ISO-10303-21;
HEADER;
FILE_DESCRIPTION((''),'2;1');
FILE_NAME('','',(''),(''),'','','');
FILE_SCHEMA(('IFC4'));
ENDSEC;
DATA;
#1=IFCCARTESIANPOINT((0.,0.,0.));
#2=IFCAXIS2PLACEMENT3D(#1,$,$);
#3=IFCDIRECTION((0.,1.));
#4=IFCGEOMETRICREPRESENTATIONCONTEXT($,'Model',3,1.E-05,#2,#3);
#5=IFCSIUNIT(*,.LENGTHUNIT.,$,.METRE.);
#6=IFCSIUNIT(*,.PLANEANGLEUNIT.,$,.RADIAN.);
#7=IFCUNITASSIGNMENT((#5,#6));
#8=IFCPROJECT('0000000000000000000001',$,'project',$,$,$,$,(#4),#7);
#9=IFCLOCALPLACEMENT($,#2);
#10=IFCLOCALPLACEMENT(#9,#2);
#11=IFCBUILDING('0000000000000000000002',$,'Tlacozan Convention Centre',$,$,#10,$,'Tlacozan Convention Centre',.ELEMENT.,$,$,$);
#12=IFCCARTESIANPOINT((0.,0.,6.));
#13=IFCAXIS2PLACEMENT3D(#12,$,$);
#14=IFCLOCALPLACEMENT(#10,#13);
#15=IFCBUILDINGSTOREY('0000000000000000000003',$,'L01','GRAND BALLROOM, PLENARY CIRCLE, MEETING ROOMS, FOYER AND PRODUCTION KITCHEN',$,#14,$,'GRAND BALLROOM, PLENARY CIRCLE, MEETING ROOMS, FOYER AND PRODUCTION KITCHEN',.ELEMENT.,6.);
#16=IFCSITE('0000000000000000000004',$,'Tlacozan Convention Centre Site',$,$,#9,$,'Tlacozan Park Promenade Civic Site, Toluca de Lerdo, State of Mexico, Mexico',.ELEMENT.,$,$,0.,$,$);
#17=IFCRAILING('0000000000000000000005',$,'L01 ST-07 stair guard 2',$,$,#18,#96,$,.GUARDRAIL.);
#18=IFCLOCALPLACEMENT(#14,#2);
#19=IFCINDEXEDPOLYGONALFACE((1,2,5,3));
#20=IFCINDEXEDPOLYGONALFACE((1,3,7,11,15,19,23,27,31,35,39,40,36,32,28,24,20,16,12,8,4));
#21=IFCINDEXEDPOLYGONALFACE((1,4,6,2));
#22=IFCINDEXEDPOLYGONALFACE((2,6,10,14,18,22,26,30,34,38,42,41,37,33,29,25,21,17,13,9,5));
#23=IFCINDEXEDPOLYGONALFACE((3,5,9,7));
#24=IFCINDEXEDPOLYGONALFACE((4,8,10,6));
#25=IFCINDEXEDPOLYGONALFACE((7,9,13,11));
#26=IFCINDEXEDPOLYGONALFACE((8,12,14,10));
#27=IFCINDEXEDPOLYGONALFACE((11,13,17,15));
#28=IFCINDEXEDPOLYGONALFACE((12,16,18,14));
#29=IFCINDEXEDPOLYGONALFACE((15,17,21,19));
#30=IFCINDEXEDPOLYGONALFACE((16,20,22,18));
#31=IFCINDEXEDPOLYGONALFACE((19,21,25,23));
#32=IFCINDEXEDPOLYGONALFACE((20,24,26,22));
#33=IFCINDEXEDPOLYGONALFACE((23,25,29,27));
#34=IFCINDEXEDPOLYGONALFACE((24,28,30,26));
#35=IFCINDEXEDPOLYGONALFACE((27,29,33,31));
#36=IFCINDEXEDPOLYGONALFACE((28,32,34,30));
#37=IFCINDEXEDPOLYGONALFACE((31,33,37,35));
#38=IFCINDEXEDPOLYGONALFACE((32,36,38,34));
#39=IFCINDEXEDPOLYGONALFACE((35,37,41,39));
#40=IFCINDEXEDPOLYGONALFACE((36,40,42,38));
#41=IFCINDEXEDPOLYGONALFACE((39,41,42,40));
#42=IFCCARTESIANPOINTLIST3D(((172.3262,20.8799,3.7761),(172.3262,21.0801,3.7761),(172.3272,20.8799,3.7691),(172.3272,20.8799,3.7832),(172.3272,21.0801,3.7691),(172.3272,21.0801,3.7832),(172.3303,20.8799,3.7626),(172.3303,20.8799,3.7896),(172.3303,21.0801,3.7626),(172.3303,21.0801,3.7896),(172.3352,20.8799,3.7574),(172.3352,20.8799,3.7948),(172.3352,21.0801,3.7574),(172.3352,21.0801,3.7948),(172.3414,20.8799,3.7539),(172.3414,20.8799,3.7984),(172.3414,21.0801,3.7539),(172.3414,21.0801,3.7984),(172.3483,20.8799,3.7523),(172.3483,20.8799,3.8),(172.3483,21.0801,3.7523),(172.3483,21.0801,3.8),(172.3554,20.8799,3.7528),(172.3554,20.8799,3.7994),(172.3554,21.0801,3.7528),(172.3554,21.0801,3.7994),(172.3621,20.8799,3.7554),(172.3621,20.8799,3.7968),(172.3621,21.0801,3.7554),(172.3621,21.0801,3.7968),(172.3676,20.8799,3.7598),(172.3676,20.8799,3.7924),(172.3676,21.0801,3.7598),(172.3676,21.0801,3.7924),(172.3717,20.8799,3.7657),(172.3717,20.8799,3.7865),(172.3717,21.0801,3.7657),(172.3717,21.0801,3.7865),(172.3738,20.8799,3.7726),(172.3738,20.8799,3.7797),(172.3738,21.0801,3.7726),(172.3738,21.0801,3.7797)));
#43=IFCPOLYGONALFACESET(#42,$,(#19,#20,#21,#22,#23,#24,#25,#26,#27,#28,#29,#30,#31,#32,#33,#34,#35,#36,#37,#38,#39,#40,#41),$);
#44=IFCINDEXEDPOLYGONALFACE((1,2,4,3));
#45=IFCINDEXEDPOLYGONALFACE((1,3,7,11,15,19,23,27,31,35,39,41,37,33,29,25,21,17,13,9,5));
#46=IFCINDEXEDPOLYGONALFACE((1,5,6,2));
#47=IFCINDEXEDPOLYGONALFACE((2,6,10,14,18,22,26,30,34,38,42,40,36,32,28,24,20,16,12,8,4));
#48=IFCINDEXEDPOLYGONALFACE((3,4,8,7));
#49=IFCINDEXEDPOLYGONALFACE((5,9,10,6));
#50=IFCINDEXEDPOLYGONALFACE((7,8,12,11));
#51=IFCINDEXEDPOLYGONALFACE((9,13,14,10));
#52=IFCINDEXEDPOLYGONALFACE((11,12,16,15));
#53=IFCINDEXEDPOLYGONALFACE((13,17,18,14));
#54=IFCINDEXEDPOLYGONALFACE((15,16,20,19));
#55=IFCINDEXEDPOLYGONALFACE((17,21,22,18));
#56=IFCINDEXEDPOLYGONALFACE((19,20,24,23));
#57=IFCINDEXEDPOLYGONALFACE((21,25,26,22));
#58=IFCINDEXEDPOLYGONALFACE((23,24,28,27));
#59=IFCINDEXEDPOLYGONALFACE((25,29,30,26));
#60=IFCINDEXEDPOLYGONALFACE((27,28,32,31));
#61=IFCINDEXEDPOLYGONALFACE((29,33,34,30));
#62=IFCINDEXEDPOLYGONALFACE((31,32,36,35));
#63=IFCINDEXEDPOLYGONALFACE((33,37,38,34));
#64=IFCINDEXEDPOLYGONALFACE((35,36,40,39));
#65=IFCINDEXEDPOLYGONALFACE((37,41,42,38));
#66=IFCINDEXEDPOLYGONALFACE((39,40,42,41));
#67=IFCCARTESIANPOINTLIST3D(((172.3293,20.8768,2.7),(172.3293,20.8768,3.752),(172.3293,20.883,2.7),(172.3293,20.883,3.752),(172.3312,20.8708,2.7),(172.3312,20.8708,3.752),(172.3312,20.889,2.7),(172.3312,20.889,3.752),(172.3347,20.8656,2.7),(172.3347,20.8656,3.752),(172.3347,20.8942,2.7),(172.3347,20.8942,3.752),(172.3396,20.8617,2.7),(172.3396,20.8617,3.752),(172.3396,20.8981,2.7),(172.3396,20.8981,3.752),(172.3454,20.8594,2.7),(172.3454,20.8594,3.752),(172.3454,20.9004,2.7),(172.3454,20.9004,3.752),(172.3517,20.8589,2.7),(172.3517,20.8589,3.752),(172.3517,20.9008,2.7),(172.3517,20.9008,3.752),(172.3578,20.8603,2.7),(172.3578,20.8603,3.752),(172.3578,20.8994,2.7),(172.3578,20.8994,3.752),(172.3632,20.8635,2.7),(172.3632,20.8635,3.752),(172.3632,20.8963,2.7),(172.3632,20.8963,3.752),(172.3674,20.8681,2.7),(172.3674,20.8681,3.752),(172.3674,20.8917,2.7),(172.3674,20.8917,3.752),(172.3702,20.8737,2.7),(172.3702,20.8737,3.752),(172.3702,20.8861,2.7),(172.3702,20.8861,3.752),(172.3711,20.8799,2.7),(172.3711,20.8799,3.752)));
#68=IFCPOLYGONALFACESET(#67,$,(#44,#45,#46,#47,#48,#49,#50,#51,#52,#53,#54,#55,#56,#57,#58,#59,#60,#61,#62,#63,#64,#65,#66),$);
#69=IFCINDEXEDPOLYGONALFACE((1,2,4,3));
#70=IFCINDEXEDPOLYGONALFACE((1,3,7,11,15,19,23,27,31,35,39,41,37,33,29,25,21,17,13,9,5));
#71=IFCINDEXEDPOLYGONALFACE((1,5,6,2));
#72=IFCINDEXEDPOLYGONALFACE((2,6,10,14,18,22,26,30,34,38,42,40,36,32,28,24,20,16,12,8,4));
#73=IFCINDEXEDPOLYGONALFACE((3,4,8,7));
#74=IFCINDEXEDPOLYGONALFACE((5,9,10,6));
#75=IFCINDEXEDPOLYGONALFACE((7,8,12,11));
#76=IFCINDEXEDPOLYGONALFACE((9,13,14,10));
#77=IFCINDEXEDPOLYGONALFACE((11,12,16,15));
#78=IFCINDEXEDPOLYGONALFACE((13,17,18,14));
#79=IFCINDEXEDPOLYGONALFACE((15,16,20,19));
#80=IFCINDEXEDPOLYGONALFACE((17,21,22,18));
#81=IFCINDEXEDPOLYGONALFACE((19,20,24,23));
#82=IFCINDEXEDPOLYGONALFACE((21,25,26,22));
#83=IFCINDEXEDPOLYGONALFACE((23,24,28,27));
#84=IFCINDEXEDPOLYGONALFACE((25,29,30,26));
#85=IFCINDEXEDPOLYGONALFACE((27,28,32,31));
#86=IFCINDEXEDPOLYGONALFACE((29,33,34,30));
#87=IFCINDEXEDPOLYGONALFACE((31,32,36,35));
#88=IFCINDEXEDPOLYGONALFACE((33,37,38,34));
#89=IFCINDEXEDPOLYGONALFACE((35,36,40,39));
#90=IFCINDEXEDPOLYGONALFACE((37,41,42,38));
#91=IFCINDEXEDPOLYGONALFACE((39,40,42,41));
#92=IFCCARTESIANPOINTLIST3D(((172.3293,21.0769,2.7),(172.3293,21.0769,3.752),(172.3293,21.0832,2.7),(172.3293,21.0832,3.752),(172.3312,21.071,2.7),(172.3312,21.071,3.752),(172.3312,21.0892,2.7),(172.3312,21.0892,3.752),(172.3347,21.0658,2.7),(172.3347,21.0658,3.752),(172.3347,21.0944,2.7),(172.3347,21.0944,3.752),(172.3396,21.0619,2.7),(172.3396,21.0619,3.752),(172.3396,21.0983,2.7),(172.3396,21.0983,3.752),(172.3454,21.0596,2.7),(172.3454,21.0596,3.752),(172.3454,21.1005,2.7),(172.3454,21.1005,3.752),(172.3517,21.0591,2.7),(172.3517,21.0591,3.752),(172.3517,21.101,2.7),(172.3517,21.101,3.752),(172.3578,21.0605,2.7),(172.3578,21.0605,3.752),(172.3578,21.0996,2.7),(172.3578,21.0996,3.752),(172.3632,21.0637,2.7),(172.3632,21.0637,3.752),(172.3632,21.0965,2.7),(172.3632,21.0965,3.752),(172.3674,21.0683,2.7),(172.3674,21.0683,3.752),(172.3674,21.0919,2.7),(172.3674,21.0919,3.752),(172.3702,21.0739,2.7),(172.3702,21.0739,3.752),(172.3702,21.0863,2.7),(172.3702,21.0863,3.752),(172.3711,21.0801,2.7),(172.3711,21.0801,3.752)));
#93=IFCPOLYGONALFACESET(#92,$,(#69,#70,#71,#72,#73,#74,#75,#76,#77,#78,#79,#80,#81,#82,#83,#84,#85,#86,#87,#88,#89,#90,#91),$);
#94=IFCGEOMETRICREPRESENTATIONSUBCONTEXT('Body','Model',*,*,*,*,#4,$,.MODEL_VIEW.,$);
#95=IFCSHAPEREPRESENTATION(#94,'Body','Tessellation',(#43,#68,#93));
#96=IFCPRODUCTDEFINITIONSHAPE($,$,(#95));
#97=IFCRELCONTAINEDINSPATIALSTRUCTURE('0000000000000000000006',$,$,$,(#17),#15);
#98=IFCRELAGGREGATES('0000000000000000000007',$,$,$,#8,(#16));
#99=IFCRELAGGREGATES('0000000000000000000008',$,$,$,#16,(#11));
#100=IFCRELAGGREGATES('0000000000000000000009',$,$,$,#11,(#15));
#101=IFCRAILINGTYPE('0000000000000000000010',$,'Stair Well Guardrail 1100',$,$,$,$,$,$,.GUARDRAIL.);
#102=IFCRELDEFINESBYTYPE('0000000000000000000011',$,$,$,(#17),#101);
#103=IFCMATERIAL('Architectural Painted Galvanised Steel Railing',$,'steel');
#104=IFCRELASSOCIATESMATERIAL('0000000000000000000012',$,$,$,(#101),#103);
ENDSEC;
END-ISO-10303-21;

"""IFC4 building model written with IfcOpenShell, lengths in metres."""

from ifc_helpers import new_model, si_unit, direction, frame, origin, origin_2d, place, context, subcontext, project, spatial, circle, extrude, material, type_object, element, save


model = new_model("IFC4")

# Units and contexts
model_context = context("Model", 3, precision=1e-05, world=origin(), true_north=direction((0.0, 1.0)))
body_context = subcontext(model_context, "Body", "Model", "MODEL_VIEW")
ifc_project = project(units=[si_unit("LENGTHUNIT", "METRE"), si_unit("PLANEANGLEUNIT", "RADIAN")], contexts=[model_context])

# Site, building, storey
site_placement = place(None, origin())
site = spatial("IfcSite", under=ifc_project, at=site_placement, Name="Tlacozan Convention Centre Site", LongName="Tlacozan Park Promenade Civic Site, Toluca de Lerdo, State of Mexico, Mexico", CompositionType="ELEMENT", RefElevation=0.0)
building_placement = place(site_placement, origin())
building = spatial("IfcBuilding", under=site, at=building_placement, Name="Tlacozan Convention Centre", LongName="Tlacozan Convention Centre", CompositionType="ELEMENT")
storey_placement = place(building_placement, frame((0.0, 0.0, 6.0)))
storey = spatial("IfcBuildingStorey", under=building, at=storey_placement, Name="L01", Description="GRAND BALLROOM, PLENARY CIRCLE, MEETING ROOMS, FOYER AND PRODUCTION KITCHEN", LongName="GRAND BALLROOM, PLENARY CIRCLE, MEETING ROOMS, FOYER AND PRODUCTION KITCHEN", CompositionType="ELEMENT", Elevation=6.0)

# Railing
ifc_material_1 = material(Name="Architectural Painted Galvanised Steel Railing", Category="steel")
railing_type_1 = type_object("IfcRailingType", Name="Stair Well Guardrail 1100", PredefinedType="GUARDRAIL", material=ifc_material_1)
railing_1_placement = place(storey_placement, frame((172.3501, 20.8799, 2.7)))
element("IfcRailing", 1, at=railing_1_placement, inside=storey, type_object=railing_type_1, Name="L01 ST-07 stair guard 2", PredefinedType="GUARDRAIL", context=body_context, shape_type="SweptSolid", body=[
    extrude(circle(Radius=0.0239, at=origin_2d()), frame((0.0, 0.0, 1.0762), z_axis=(0.0, 1.0, 0.0), x_axis=(-1.0, 0.0, 0.0)), (0.0, 0.0, 1.0), 0.2002),
    extrude(circle(Radius=0.021, at=origin_2d()), origin(), (0.0, 0.0, 1.0), 1.052),
    extrude(circle(Radius=0.021, at=origin_2d()), frame((0.0, 0.2002, 0.0)), (0.0, 0.0, 1.0), 1.052),
])

save(model, "model.ifc")
